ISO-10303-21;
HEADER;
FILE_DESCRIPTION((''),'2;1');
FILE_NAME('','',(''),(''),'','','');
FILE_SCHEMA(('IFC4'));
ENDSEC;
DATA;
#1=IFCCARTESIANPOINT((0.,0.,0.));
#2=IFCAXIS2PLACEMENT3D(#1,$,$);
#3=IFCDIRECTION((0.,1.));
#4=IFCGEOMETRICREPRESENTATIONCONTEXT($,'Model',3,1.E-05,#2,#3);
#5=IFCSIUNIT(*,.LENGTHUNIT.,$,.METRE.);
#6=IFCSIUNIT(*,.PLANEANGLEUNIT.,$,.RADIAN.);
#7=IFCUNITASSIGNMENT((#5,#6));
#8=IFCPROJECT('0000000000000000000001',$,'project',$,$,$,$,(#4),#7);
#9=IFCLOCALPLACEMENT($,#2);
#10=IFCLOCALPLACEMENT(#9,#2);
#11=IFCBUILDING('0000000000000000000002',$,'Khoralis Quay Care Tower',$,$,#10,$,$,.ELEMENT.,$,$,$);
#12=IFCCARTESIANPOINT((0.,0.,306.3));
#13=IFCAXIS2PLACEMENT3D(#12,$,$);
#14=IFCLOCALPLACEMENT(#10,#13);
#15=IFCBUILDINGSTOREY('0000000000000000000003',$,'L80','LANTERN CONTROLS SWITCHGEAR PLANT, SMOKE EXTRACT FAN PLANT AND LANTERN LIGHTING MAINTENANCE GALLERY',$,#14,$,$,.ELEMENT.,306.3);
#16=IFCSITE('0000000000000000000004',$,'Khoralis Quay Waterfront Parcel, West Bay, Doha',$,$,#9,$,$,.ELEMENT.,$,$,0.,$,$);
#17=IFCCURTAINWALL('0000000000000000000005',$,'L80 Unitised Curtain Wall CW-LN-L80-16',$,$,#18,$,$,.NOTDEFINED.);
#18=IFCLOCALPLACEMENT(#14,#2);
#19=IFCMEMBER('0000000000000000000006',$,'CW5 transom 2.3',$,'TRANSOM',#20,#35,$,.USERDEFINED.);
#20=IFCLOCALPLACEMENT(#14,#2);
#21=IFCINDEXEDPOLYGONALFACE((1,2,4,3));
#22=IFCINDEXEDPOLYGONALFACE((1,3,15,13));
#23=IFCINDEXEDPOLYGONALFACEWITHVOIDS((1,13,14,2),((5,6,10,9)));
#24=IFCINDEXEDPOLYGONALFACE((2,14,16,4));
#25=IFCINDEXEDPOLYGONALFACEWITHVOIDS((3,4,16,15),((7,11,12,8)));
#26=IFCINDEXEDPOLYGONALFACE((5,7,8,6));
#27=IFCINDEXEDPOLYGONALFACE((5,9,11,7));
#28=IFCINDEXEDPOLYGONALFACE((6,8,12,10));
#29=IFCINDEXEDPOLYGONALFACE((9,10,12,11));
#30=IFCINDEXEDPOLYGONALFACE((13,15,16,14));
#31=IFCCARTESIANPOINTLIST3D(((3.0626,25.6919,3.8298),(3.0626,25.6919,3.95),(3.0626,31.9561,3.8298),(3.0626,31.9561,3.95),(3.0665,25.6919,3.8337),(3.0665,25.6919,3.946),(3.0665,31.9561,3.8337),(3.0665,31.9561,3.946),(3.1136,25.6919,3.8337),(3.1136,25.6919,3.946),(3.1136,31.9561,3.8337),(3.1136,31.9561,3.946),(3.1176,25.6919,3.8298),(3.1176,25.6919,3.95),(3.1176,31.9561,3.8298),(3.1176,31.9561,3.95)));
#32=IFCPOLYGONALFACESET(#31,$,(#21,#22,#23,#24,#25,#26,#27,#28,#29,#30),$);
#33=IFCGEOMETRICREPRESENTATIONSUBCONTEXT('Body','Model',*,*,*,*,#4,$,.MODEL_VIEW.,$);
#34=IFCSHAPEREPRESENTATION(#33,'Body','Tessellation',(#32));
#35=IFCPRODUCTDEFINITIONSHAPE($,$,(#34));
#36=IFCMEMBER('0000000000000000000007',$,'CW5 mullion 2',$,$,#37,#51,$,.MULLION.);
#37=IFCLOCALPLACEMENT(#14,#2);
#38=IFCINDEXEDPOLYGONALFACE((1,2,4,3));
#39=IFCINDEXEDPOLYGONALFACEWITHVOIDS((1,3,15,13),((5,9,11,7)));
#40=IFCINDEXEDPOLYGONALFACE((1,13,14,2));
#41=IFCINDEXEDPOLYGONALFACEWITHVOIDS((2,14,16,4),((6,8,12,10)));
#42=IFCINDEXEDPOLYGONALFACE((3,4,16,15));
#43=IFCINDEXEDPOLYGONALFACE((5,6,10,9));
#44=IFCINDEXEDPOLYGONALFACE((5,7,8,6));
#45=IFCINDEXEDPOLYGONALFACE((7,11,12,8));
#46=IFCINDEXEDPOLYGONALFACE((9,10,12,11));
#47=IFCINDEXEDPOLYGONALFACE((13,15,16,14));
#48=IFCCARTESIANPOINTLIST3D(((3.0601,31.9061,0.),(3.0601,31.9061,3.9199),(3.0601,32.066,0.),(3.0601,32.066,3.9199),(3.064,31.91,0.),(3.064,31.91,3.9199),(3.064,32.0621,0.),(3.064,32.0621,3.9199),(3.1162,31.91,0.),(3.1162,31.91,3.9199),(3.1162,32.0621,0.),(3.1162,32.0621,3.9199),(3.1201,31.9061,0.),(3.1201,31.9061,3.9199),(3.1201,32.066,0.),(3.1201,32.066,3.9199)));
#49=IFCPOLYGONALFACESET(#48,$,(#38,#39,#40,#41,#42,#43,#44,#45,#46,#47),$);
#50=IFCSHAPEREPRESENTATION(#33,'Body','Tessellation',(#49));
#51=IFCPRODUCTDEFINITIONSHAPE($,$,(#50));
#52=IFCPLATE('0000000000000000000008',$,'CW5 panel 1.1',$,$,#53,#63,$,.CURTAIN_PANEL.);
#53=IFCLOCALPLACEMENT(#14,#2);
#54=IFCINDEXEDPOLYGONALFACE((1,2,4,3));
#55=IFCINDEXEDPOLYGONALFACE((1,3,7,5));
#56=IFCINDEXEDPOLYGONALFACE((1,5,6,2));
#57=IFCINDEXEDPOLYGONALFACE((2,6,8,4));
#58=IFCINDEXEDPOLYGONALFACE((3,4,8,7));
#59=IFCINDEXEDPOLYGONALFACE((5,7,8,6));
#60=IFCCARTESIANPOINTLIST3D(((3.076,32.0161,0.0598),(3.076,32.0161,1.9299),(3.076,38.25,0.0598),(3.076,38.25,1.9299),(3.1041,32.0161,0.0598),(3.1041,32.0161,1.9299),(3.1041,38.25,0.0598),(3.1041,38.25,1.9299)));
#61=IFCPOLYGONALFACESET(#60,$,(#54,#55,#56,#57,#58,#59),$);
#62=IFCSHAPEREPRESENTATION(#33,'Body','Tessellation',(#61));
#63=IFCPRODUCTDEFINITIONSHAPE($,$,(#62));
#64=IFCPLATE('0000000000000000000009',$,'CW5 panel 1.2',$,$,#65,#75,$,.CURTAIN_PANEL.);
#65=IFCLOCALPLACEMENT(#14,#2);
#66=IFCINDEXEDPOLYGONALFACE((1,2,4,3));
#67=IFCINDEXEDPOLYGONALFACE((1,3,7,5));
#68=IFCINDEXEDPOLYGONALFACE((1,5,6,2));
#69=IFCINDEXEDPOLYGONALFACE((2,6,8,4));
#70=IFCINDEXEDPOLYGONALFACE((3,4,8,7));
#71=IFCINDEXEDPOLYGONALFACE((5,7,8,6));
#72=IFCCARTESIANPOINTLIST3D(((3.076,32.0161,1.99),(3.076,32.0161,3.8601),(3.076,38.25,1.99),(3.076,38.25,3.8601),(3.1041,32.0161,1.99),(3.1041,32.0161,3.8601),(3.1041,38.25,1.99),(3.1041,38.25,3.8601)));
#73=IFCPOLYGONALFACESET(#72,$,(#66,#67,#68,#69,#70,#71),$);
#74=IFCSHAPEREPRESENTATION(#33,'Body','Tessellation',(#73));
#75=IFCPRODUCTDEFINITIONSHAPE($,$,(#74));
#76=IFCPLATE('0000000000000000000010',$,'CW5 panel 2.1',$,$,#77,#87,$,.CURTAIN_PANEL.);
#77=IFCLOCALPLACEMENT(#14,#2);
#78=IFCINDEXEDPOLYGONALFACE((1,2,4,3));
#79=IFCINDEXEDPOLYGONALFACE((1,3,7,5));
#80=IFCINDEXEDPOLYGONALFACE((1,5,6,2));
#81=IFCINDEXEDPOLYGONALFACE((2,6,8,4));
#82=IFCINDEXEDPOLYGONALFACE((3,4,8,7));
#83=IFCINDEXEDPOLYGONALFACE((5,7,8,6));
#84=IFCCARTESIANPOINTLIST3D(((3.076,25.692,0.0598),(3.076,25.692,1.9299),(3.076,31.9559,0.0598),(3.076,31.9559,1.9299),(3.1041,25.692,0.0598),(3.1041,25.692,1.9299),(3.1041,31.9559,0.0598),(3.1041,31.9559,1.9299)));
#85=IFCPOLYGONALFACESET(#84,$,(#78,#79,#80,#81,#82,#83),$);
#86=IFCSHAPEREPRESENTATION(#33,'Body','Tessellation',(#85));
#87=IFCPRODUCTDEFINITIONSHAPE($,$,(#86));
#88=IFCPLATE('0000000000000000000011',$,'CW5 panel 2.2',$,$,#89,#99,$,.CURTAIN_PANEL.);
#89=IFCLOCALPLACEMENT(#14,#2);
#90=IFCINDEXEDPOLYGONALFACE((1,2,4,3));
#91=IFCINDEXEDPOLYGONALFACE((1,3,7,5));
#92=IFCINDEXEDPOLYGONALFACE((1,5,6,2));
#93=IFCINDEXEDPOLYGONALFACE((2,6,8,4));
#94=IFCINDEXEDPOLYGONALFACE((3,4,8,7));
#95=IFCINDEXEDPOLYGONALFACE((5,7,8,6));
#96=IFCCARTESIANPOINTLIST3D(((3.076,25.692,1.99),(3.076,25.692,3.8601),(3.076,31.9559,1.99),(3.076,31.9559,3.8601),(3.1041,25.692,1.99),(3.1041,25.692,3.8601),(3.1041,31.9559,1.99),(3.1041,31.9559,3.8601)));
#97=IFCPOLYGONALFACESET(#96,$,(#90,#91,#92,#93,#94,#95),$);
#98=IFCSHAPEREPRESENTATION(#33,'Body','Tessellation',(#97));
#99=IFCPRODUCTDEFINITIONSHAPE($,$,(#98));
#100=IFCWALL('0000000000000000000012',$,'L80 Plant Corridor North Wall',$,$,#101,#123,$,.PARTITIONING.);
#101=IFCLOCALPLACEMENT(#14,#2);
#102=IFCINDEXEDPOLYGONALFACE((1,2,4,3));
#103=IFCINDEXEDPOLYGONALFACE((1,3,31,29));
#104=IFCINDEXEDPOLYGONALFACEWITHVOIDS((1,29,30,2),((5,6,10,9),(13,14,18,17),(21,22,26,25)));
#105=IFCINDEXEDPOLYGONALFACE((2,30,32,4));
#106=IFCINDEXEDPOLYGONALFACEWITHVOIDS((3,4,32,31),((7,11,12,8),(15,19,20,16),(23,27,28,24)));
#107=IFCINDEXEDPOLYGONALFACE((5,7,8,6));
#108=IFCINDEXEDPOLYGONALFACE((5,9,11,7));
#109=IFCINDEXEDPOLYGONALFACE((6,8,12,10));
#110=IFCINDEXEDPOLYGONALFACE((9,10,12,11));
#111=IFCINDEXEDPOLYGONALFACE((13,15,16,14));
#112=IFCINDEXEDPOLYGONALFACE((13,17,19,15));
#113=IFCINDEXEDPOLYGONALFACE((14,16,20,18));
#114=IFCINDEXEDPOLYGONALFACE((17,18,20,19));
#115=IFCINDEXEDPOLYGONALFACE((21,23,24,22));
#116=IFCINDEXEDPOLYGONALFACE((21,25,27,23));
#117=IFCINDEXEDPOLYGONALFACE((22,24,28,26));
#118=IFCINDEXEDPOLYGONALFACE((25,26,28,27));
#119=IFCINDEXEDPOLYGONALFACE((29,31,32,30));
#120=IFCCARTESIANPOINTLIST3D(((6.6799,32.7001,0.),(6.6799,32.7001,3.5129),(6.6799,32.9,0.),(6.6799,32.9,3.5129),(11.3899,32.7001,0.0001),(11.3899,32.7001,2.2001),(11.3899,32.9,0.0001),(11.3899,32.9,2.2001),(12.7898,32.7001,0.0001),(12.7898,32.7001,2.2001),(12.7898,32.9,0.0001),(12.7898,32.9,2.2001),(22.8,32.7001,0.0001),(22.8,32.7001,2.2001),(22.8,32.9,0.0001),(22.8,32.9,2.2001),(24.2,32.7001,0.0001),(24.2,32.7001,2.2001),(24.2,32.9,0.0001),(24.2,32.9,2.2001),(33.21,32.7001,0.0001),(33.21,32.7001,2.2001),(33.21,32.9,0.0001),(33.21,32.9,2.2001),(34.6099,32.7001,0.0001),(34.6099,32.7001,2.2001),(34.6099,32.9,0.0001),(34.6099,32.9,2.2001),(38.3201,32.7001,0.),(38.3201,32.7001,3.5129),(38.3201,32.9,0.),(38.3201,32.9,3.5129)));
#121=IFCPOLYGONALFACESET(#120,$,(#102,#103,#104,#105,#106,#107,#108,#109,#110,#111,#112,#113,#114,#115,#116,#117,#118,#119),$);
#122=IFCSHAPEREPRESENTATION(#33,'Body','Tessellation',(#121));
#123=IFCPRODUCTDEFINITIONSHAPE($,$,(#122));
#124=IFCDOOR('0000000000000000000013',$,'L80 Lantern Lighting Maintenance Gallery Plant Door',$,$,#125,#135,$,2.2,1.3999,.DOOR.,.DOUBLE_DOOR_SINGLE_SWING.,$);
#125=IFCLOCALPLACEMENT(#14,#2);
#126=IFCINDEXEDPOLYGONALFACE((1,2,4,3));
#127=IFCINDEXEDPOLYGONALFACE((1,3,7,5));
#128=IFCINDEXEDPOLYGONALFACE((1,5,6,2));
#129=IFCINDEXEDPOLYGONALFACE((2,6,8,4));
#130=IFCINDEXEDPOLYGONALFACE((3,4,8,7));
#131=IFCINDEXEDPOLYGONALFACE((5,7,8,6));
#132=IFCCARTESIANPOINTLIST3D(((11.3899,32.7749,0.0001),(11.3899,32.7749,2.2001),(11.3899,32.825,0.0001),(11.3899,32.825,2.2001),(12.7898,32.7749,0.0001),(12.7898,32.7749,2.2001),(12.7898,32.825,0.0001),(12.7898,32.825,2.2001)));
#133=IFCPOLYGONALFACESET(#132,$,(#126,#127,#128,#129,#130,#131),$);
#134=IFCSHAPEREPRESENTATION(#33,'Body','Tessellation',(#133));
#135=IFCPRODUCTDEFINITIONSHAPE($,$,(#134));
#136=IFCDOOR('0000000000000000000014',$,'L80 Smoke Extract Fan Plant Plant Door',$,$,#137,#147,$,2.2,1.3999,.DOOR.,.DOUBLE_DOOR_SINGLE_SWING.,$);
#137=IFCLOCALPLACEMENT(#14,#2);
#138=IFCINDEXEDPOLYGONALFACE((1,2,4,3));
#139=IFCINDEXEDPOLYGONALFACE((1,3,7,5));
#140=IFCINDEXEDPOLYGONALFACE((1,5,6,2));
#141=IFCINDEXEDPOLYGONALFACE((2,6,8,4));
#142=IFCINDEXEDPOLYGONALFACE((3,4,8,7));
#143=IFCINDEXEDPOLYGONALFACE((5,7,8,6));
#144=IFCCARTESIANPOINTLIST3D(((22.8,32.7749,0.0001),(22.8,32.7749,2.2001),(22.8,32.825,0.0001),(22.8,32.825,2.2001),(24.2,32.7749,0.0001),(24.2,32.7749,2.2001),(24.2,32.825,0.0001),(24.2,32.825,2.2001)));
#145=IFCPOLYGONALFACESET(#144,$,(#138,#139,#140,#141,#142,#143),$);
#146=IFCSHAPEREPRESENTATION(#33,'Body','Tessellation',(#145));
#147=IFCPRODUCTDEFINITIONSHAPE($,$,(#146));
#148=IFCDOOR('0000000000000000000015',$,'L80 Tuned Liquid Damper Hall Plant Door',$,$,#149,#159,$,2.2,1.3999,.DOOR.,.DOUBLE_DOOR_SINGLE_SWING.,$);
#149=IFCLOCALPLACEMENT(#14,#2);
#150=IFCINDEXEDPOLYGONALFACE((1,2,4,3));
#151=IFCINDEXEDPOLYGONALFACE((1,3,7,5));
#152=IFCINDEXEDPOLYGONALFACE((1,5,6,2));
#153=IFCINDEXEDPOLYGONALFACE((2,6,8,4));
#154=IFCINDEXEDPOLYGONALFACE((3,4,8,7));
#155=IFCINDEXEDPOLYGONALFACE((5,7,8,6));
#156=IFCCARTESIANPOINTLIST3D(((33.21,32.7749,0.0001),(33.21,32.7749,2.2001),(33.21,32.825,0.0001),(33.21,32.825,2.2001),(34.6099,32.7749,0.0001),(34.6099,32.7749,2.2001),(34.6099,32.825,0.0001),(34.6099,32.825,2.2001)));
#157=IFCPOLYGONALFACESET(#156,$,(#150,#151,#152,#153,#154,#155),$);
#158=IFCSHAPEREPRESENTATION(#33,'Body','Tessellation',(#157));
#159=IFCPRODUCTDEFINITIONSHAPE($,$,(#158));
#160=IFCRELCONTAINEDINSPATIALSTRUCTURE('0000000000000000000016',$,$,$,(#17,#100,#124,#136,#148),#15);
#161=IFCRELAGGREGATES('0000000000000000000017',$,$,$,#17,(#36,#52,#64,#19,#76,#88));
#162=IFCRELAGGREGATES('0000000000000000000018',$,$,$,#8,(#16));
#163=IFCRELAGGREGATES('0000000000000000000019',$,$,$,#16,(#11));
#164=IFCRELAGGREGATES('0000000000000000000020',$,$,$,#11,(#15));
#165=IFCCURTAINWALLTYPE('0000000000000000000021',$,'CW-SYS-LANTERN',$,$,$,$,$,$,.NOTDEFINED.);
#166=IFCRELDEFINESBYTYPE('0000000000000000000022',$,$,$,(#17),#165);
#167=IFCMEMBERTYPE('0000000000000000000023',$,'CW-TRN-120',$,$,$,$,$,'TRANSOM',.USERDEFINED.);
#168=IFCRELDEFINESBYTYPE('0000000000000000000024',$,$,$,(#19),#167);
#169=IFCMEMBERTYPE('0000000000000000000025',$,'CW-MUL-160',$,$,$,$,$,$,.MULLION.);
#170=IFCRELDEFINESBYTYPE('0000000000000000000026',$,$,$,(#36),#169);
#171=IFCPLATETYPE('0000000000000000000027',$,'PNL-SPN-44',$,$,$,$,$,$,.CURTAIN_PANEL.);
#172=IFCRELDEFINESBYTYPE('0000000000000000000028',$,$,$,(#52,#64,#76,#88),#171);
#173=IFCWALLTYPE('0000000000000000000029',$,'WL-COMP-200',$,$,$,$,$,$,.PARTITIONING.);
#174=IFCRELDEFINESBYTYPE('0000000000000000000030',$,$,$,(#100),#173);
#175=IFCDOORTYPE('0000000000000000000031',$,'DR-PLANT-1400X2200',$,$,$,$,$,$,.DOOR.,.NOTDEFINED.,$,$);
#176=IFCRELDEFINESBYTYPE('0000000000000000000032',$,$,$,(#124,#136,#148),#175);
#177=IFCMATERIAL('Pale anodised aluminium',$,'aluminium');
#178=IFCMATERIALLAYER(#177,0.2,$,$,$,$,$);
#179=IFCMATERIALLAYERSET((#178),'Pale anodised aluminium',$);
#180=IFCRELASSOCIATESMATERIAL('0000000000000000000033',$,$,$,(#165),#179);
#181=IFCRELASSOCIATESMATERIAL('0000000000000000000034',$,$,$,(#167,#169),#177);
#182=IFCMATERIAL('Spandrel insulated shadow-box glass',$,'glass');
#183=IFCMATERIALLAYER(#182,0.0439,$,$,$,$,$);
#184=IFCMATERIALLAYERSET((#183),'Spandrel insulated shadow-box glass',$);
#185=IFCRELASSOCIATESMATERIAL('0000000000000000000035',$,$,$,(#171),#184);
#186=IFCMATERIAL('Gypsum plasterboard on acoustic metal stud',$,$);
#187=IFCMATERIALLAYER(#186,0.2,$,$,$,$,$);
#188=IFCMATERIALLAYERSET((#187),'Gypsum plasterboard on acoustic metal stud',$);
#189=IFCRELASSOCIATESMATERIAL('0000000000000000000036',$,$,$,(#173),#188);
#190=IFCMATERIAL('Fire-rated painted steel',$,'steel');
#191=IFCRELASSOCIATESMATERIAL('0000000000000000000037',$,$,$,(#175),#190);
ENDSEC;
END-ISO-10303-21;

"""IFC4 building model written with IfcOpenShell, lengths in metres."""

from ifc_helpers import new_model, si_unit, direction, frame, frame_2d, origin, origin_2d, place, context, subcontext, project, spatial, rectangle, hollow_rectangle, extrude, source, transform, mapped, material, layer, layer_set, material_profile, profile_set, type_object, element, fill, aggregate, save


model = new_model("IFC4")

# Units and contexts
model_context = context("Model", 3, precision=1e-05, world=origin(), true_north=direction((0.0, 1.0)))
body_context = subcontext(model_context, "Body", "Model", "MODEL_VIEW")
ifc_project = project(units=[si_unit("LENGTHUNIT", "METRE"), si_unit("PLANEANGLEUNIT", "RADIAN")], contexts=[model_context])

# Site, building, storey
site_placement = place(None, origin())
site = spatial("IfcSite", under=ifc_project, at=site_placement, Name="Khoralis Quay Waterfront Parcel, West Bay, Doha", CompositionType="ELEMENT", RefElevation=0.0)
building_placement = place(site_placement, origin())
building = spatial("IfcBuilding", under=site, at=building_placement, Name="Khoralis Quay Care Tower", CompositionType="ELEMENT")
storey_placement = place(building_placement, frame((0.0, 0.0, 306.3)))
storey = spatial("IfcBuildingStorey", under=building, at=storey_placement, Name="L80", Description="LANTERN CONTROLS SWITCHGEAR PLANT, SMOKE EXTRACT FAN PLANT AND LANTERN LIGHTING MAINTENANCE GALLERY", CompositionType="ELEMENT", Elevation=306.3)

# Curtain wall, members, plates
ifc_material_1 = material(Name="Pale anodised aluminium", Category="aluminium")
ifc_layer_1 = layer(ifc_material_1, 0.2)
ifc_layer_set_1 = layer_set([ifc_layer_1], Name="Pale anodised aluminium")
curtain_wall_type = type_object("IfcCurtainWallType", Name="CW-SYS-LANTERN", PredefinedType="NOTDEFINED", material=ifc_layer_set_1)
curtain_wall_placement = place(storey_placement, origin())
curtain_wall = element("IfcCurtainWall", 1, at=curtain_wall_placement, inside=storey, type_object=curtain_wall_type, Name="L80 Unitised Curtain Wall CW-LN-L80-16", PredefinedType="NOTDEFINED")
ifc_material_profile_1 = material_profile(ifc_material_1, hollow_rectangle(XDim=0.0549, YDim=0.1201, WallThickness=0.0039, at=origin_2d()), Name="Pale anodised aluminium")
ifc_profile_set_1 = profile_set([ifc_material_profile_1], Name="Pale anodised aluminium")
member_type_1 = type_object("IfcMemberType", Name="CW-TRN-120", ElementType="TRANSOM", PredefinedType="USERDEFINED", material=ifc_profile_set_1)
shared_shape_1 = source(origin(), body_context, "Body", "SweptSolid", [
    extrude(hollow_rectangle(XDim=0.0549, YDim=0.1201, WallThickness=0.0039, at=origin_2d()), origin(), (0.0, 0.0, 1.0), 6.2642),
])
member_1_placement = place(storey_placement, frame((3.0901, 31.9561, 3.8899), z_axis=(0.0, -1.0, 0.0), x_axis=(1.0, 0.0, 0.0)))
member_1 = element("IfcMember", 2, at=member_1_placement, type_object=member_type_1, Name="CW5 transom 2.3", ObjectType="TRANSOM", PredefinedType="USERDEFINED", context=body_context, shape_type="MappedRepresentation", body=[
    mapped(shared_shape_1, transform((0.0, 0.0, 0.0), scale=1.0)),
])
ifc_material_profile_2 = material_profile(ifc_material_1, hollow_rectangle(XDim=0.0601, YDim=0.1599, WallThickness=0.0039, at=origin_2d()), Name="Pale anodised aluminium")
ifc_profile_set_2 = profile_set([ifc_material_profile_2], Name="Pale anodised aluminium")
member_type_2 = type_object("IfcMemberType", Name="CW-MUL-160", PredefinedType="MULLION", material=ifc_profile_set_2)
shared_shape_2 = source(origin(), body_context, "Body", "SweptSolid", [
    extrude(hollow_rectangle(XDim=0.0601, YDim=0.1599, WallThickness=0.0039, at=origin_2d()), origin(), (0.0, 0.0, 1.0), 3.9199),
])
member_2_placement = place(storey_placement, frame((3.0901, 31.9861, 0.0), z_axis=(0.0, 0.0, 1.0), x_axis=(1.0, 0.0, 0.0)))
member_2 = element("IfcMember", 3, at=member_2_placement, type_object=member_type_2, Name="CW5 mullion 2", PredefinedType="MULLION", context=body_context, shape_type="MappedRepresentation", body=[
    mapped(shared_shape_2, transform((0.0, 0.0, 0.0), scale=1.0)),
])
ifc_material_2 = material(Name="Spandrel insulated shadow-box glass", Category="glass")
ifc_layer_2 = layer(ifc_material_2, 0.0439)
ifc_layer_set_2 = layer_set([ifc_layer_2], Name="Spandrel insulated shadow-box glass")
plate_type = type_object("IfcPlateType", Name="PNL-SPN-44", PredefinedType="CURTAIN_PANEL", material=ifc_layer_set_2)
shared_shape_3 = source(origin(), body_context, "Body", "SweptSolid", [
    extrude(rectangle(XDim=6.2339, YDim=0.0281, at=origin_2d()), origin(), (0.0, 0.0, 1.0), 1.8701),
])
plate_1_placement = place(storey_placement, frame((3.0901, 35.1331, 0.0598), z_axis=(0.0, 0.0, 1.0), x_axis=(0.0, -1.0, 0.0)))
plate_1 = element("IfcPlate", 4, at=plate_1_placement, type_object=plate_type, Name="CW5 panel 1.1", PredefinedType="CURTAIN_PANEL", context=body_context, shape_type="MappedRepresentation", body=[
    mapped(shared_shape_3, transform((0.0, 0.0, 0.0), scale=1.0)),
])
plate_2_placement = place(storey_placement, frame((3.0901, 35.1331, 1.99), z_axis=(0.0, 0.0, 1.0), x_axis=(0.0, -1.0, 0.0)))
plate_2 = element("IfcPlate", 5, at=plate_2_placement, type_object=plate_type, Name="CW5 panel 1.2", PredefinedType="CURTAIN_PANEL", context=body_context, shape_type="MappedRepresentation", body=[
    mapped(shared_shape_3, transform((0.0, 0.0, 0.0), scale=1.0)),
])
shared_shape_4 = source(origin(), body_context, "Body", "SweptSolid", [
    extrude(rectangle(XDim=6.2639, YDim=0.0281, at=origin_2d()), origin(), (0.0, 0.0, 1.0), 1.8701),
])
plate_3_placement = place(storey_placement, frame((3.0901, 28.824, 0.0598), z_axis=(0.0, 0.0, 1.0), x_axis=(0.0, -1.0, 0.0)))
plate_3 = element("IfcPlate", 6, at=plate_3_placement, type_object=plate_type, Name="CW5 panel 2.1", PredefinedType="CURTAIN_PANEL", context=body_context, shape_type="MappedRepresentation", body=[
    mapped(shared_shape_4, transform((0.0, 0.0, 0.0), scale=1.0)),
])
plate_4_placement = place(storey_placement, frame((3.0901, 28.824, 1.99), z_axis=(0.0, 0.0, 1.0), x_axis=(0.0, -1.0, 0.0)))
plate_4 = element("IfcPlate", 7, at=plate_4_placement, type_object=plate_type, Name="CW5 panel 2.2", PredefinedType="CURTAIN_PANEL", context=body_context, shape_type="MappedRepresentation", body=[
    mapped(shared_shape_4, transform((0.0, 0.0, 0.0), scale=1.0)),
])
aggregate(curtain_wall, [member_2, plate_1, plate_2, member_1, plate_3, plate_4])

# Wall, openings, doors
ifc_material_3 = material(Name="Gypsum plasterboard on acoustic metal stud")
ifc_layer_3 = layer(ifc_material_3, 0.2)
ifc_layer_set_3 = layer_set([ifc_layer_3], Name="Gypsum plasterboard on acoustic metal stud")
wall_type_1 = type_object("IfcWallType", Name="WL-COMP-200", PredefinedType="PARTITIONING", material=ifc_layer_set_3)
wall_1_placement = place(storey_placement, frame((6.6799, 32.8, 0.0), z_axis=(0.0, 0.0, 1.0), x_axis=(1.0, 0.0, 0.0)))
wall_1 = element("IfcWall", 8, at=wall_1_placement, inside=storey, type_object=wall_type_1, Name="L80 Plant Corridor North Wall", PredefinedType="PARTITIONING", context=body_context, shape_type="SweptSolid", body=[
    extrude(rectangle(XDim=31.6401, YDim=0.2, at=frame_2d((15.8201, 0.0))), origin(), (0.0, 0.0, 1.0), 3.5129),
])
opening_1_placement = place(wall_1_placement, frame((4.71, 0.0, 0.0)))
opening_1 = element("IfcOpeningElement", 9, at=opening_1_placement, cuts=wall_1, PredefinedType="OPENING", context=body_context, shape_type="SweptSolid", body=[
    extrude(rectangle(XDim=1.3999, YDim=2.2, at=frame_2d((0.7, 1.1001))), frame((0.0, 0.1099, 0.0), z_axis=(0.0, -1.0, 0.0), x_axis=(1.0, 0.0, 0.0)), (0.0, 0.0, 1.0), 0.22),
])
opening_2_placement = place(wall_1_placement, frame((16.1201, 0.0, 0.0)))
opening_2 = element("IfcOpeningElement", 10, at=opening_2_placement, cuts=wall_1, PredefinedType="OPENING", context=body_context, shape_type="SweptSolid", body=[
    extrude(rectangle(XDim=1.3999, YDim=2.2, at=frame_2d((0.7, 1.1001))), frame((0.0, 0.1099, 0.0), z_axis=(0.0, -1.0, 0.0), x_axis=(1.0, 0.0, 0.0)), (0.0, 0.0, 1.0), 0.22),
])
opening_3_placement = place(wall_1_placement, frame((26.53, 0.0, 0.0)))
opening_3 = element("IfcOpeningElement", 11, at=opening_3_placement, cuts=wall_1, PredefinedType="OPENING", context=body_context, shape_type="SweptSolid", body=[
    extrude(rectangle(XDim=1.3999, YDim=2.2, at=frame_2d((0.7, 1.1001))), frame((0.0, 0.1099, 0.0), z_axis=(0.0, -1.0, 0.0), x_axis=(1.0, 0.0, 0.0)), (0.0, 0.0, 1.0), 0.22),
])
ifc_material_4 = material(Name="Fire-rated painted steel", Category="steel")
door_type_1 = type_object("IfcDoorType", Name="DR-PLANT-1400X2200", OperationType="NOTDEFINED", PredefinedType="DOOR", material=ifc_material_4)
shared_shape_5 = source(origin(), body_context, "Body", "SweptSolid", [
    extrude(rectangle(XDim=1.3999, YDim=2.2, at=frame_2d((0.7, 1.1001))), frame((0.0, 0.0249, 0.0), z_axis=(0.0, -1.0, 0.0), x_axis=(1.0, 0.0, 0.0)), (0.0, 0.0, 1.0), 0.05),
])
door_1_placement = place(opening_1_placement, origin())
door_1 = element("IfcDoor", 12, at=door_1_placement, inside=storey, type_object=door_type_1, Name="L80 Lantern Lighting Maintenance Gallery Plant Door", OperationType="DOUBLE_DOOR_SINGLE_SWING", OverallHeight=2.2, OverallWidth=1.3999, PredefinedType="DOOR", context=body_context, shape_type="MappedRepresentation", body=[
    mapped(shared_shape_5, transform((0.0, 0.0, 0.0), scale=1.0)),
])
fill(opening_1, door_1)
door_2_placement = place(opening_2_placement, origin())
door_2 = element("IfcDoor", 13, at=door_2_placement, inside=storey, type_object=door_type_1, Name="L80 Smoke Extract Fan Plant Plant Door", OperationType="DOUBLE_DOOR_SINGLE_SWING", OverallHeight=2.2, OverallWidth=1.3999, PredefinedType="DOOR", context=body_context, shape_type="MappedRepresentation", body=[
    mapped(shared_shape_5, transform((0.0, 0.0, 0.0), scale=1.0)),
])
fill(opening_2, door_2)
door_3_placement = place(opening_3_placement, origin())
door_3 = element("IfcDoor", 14, at=door_3_placement, inside=storey, type_object=door_type_1, Name="L80 Tuned Liquid Damper Hall Plant Door", OperationType="DOUBLE_DOOR_SINGLE_SWING", OverallHeight=2.2, OverallWidth=1.3999, PredefinedType="DOOR", context=body_context, shape_type="MappedRepresentation", body=[
    mapped(shared_shape_5, transform((0.0, 0.0, 0.0), scale=1.0)),
])
fill(opening_3, door_3)

save(model, "model.ifc")
